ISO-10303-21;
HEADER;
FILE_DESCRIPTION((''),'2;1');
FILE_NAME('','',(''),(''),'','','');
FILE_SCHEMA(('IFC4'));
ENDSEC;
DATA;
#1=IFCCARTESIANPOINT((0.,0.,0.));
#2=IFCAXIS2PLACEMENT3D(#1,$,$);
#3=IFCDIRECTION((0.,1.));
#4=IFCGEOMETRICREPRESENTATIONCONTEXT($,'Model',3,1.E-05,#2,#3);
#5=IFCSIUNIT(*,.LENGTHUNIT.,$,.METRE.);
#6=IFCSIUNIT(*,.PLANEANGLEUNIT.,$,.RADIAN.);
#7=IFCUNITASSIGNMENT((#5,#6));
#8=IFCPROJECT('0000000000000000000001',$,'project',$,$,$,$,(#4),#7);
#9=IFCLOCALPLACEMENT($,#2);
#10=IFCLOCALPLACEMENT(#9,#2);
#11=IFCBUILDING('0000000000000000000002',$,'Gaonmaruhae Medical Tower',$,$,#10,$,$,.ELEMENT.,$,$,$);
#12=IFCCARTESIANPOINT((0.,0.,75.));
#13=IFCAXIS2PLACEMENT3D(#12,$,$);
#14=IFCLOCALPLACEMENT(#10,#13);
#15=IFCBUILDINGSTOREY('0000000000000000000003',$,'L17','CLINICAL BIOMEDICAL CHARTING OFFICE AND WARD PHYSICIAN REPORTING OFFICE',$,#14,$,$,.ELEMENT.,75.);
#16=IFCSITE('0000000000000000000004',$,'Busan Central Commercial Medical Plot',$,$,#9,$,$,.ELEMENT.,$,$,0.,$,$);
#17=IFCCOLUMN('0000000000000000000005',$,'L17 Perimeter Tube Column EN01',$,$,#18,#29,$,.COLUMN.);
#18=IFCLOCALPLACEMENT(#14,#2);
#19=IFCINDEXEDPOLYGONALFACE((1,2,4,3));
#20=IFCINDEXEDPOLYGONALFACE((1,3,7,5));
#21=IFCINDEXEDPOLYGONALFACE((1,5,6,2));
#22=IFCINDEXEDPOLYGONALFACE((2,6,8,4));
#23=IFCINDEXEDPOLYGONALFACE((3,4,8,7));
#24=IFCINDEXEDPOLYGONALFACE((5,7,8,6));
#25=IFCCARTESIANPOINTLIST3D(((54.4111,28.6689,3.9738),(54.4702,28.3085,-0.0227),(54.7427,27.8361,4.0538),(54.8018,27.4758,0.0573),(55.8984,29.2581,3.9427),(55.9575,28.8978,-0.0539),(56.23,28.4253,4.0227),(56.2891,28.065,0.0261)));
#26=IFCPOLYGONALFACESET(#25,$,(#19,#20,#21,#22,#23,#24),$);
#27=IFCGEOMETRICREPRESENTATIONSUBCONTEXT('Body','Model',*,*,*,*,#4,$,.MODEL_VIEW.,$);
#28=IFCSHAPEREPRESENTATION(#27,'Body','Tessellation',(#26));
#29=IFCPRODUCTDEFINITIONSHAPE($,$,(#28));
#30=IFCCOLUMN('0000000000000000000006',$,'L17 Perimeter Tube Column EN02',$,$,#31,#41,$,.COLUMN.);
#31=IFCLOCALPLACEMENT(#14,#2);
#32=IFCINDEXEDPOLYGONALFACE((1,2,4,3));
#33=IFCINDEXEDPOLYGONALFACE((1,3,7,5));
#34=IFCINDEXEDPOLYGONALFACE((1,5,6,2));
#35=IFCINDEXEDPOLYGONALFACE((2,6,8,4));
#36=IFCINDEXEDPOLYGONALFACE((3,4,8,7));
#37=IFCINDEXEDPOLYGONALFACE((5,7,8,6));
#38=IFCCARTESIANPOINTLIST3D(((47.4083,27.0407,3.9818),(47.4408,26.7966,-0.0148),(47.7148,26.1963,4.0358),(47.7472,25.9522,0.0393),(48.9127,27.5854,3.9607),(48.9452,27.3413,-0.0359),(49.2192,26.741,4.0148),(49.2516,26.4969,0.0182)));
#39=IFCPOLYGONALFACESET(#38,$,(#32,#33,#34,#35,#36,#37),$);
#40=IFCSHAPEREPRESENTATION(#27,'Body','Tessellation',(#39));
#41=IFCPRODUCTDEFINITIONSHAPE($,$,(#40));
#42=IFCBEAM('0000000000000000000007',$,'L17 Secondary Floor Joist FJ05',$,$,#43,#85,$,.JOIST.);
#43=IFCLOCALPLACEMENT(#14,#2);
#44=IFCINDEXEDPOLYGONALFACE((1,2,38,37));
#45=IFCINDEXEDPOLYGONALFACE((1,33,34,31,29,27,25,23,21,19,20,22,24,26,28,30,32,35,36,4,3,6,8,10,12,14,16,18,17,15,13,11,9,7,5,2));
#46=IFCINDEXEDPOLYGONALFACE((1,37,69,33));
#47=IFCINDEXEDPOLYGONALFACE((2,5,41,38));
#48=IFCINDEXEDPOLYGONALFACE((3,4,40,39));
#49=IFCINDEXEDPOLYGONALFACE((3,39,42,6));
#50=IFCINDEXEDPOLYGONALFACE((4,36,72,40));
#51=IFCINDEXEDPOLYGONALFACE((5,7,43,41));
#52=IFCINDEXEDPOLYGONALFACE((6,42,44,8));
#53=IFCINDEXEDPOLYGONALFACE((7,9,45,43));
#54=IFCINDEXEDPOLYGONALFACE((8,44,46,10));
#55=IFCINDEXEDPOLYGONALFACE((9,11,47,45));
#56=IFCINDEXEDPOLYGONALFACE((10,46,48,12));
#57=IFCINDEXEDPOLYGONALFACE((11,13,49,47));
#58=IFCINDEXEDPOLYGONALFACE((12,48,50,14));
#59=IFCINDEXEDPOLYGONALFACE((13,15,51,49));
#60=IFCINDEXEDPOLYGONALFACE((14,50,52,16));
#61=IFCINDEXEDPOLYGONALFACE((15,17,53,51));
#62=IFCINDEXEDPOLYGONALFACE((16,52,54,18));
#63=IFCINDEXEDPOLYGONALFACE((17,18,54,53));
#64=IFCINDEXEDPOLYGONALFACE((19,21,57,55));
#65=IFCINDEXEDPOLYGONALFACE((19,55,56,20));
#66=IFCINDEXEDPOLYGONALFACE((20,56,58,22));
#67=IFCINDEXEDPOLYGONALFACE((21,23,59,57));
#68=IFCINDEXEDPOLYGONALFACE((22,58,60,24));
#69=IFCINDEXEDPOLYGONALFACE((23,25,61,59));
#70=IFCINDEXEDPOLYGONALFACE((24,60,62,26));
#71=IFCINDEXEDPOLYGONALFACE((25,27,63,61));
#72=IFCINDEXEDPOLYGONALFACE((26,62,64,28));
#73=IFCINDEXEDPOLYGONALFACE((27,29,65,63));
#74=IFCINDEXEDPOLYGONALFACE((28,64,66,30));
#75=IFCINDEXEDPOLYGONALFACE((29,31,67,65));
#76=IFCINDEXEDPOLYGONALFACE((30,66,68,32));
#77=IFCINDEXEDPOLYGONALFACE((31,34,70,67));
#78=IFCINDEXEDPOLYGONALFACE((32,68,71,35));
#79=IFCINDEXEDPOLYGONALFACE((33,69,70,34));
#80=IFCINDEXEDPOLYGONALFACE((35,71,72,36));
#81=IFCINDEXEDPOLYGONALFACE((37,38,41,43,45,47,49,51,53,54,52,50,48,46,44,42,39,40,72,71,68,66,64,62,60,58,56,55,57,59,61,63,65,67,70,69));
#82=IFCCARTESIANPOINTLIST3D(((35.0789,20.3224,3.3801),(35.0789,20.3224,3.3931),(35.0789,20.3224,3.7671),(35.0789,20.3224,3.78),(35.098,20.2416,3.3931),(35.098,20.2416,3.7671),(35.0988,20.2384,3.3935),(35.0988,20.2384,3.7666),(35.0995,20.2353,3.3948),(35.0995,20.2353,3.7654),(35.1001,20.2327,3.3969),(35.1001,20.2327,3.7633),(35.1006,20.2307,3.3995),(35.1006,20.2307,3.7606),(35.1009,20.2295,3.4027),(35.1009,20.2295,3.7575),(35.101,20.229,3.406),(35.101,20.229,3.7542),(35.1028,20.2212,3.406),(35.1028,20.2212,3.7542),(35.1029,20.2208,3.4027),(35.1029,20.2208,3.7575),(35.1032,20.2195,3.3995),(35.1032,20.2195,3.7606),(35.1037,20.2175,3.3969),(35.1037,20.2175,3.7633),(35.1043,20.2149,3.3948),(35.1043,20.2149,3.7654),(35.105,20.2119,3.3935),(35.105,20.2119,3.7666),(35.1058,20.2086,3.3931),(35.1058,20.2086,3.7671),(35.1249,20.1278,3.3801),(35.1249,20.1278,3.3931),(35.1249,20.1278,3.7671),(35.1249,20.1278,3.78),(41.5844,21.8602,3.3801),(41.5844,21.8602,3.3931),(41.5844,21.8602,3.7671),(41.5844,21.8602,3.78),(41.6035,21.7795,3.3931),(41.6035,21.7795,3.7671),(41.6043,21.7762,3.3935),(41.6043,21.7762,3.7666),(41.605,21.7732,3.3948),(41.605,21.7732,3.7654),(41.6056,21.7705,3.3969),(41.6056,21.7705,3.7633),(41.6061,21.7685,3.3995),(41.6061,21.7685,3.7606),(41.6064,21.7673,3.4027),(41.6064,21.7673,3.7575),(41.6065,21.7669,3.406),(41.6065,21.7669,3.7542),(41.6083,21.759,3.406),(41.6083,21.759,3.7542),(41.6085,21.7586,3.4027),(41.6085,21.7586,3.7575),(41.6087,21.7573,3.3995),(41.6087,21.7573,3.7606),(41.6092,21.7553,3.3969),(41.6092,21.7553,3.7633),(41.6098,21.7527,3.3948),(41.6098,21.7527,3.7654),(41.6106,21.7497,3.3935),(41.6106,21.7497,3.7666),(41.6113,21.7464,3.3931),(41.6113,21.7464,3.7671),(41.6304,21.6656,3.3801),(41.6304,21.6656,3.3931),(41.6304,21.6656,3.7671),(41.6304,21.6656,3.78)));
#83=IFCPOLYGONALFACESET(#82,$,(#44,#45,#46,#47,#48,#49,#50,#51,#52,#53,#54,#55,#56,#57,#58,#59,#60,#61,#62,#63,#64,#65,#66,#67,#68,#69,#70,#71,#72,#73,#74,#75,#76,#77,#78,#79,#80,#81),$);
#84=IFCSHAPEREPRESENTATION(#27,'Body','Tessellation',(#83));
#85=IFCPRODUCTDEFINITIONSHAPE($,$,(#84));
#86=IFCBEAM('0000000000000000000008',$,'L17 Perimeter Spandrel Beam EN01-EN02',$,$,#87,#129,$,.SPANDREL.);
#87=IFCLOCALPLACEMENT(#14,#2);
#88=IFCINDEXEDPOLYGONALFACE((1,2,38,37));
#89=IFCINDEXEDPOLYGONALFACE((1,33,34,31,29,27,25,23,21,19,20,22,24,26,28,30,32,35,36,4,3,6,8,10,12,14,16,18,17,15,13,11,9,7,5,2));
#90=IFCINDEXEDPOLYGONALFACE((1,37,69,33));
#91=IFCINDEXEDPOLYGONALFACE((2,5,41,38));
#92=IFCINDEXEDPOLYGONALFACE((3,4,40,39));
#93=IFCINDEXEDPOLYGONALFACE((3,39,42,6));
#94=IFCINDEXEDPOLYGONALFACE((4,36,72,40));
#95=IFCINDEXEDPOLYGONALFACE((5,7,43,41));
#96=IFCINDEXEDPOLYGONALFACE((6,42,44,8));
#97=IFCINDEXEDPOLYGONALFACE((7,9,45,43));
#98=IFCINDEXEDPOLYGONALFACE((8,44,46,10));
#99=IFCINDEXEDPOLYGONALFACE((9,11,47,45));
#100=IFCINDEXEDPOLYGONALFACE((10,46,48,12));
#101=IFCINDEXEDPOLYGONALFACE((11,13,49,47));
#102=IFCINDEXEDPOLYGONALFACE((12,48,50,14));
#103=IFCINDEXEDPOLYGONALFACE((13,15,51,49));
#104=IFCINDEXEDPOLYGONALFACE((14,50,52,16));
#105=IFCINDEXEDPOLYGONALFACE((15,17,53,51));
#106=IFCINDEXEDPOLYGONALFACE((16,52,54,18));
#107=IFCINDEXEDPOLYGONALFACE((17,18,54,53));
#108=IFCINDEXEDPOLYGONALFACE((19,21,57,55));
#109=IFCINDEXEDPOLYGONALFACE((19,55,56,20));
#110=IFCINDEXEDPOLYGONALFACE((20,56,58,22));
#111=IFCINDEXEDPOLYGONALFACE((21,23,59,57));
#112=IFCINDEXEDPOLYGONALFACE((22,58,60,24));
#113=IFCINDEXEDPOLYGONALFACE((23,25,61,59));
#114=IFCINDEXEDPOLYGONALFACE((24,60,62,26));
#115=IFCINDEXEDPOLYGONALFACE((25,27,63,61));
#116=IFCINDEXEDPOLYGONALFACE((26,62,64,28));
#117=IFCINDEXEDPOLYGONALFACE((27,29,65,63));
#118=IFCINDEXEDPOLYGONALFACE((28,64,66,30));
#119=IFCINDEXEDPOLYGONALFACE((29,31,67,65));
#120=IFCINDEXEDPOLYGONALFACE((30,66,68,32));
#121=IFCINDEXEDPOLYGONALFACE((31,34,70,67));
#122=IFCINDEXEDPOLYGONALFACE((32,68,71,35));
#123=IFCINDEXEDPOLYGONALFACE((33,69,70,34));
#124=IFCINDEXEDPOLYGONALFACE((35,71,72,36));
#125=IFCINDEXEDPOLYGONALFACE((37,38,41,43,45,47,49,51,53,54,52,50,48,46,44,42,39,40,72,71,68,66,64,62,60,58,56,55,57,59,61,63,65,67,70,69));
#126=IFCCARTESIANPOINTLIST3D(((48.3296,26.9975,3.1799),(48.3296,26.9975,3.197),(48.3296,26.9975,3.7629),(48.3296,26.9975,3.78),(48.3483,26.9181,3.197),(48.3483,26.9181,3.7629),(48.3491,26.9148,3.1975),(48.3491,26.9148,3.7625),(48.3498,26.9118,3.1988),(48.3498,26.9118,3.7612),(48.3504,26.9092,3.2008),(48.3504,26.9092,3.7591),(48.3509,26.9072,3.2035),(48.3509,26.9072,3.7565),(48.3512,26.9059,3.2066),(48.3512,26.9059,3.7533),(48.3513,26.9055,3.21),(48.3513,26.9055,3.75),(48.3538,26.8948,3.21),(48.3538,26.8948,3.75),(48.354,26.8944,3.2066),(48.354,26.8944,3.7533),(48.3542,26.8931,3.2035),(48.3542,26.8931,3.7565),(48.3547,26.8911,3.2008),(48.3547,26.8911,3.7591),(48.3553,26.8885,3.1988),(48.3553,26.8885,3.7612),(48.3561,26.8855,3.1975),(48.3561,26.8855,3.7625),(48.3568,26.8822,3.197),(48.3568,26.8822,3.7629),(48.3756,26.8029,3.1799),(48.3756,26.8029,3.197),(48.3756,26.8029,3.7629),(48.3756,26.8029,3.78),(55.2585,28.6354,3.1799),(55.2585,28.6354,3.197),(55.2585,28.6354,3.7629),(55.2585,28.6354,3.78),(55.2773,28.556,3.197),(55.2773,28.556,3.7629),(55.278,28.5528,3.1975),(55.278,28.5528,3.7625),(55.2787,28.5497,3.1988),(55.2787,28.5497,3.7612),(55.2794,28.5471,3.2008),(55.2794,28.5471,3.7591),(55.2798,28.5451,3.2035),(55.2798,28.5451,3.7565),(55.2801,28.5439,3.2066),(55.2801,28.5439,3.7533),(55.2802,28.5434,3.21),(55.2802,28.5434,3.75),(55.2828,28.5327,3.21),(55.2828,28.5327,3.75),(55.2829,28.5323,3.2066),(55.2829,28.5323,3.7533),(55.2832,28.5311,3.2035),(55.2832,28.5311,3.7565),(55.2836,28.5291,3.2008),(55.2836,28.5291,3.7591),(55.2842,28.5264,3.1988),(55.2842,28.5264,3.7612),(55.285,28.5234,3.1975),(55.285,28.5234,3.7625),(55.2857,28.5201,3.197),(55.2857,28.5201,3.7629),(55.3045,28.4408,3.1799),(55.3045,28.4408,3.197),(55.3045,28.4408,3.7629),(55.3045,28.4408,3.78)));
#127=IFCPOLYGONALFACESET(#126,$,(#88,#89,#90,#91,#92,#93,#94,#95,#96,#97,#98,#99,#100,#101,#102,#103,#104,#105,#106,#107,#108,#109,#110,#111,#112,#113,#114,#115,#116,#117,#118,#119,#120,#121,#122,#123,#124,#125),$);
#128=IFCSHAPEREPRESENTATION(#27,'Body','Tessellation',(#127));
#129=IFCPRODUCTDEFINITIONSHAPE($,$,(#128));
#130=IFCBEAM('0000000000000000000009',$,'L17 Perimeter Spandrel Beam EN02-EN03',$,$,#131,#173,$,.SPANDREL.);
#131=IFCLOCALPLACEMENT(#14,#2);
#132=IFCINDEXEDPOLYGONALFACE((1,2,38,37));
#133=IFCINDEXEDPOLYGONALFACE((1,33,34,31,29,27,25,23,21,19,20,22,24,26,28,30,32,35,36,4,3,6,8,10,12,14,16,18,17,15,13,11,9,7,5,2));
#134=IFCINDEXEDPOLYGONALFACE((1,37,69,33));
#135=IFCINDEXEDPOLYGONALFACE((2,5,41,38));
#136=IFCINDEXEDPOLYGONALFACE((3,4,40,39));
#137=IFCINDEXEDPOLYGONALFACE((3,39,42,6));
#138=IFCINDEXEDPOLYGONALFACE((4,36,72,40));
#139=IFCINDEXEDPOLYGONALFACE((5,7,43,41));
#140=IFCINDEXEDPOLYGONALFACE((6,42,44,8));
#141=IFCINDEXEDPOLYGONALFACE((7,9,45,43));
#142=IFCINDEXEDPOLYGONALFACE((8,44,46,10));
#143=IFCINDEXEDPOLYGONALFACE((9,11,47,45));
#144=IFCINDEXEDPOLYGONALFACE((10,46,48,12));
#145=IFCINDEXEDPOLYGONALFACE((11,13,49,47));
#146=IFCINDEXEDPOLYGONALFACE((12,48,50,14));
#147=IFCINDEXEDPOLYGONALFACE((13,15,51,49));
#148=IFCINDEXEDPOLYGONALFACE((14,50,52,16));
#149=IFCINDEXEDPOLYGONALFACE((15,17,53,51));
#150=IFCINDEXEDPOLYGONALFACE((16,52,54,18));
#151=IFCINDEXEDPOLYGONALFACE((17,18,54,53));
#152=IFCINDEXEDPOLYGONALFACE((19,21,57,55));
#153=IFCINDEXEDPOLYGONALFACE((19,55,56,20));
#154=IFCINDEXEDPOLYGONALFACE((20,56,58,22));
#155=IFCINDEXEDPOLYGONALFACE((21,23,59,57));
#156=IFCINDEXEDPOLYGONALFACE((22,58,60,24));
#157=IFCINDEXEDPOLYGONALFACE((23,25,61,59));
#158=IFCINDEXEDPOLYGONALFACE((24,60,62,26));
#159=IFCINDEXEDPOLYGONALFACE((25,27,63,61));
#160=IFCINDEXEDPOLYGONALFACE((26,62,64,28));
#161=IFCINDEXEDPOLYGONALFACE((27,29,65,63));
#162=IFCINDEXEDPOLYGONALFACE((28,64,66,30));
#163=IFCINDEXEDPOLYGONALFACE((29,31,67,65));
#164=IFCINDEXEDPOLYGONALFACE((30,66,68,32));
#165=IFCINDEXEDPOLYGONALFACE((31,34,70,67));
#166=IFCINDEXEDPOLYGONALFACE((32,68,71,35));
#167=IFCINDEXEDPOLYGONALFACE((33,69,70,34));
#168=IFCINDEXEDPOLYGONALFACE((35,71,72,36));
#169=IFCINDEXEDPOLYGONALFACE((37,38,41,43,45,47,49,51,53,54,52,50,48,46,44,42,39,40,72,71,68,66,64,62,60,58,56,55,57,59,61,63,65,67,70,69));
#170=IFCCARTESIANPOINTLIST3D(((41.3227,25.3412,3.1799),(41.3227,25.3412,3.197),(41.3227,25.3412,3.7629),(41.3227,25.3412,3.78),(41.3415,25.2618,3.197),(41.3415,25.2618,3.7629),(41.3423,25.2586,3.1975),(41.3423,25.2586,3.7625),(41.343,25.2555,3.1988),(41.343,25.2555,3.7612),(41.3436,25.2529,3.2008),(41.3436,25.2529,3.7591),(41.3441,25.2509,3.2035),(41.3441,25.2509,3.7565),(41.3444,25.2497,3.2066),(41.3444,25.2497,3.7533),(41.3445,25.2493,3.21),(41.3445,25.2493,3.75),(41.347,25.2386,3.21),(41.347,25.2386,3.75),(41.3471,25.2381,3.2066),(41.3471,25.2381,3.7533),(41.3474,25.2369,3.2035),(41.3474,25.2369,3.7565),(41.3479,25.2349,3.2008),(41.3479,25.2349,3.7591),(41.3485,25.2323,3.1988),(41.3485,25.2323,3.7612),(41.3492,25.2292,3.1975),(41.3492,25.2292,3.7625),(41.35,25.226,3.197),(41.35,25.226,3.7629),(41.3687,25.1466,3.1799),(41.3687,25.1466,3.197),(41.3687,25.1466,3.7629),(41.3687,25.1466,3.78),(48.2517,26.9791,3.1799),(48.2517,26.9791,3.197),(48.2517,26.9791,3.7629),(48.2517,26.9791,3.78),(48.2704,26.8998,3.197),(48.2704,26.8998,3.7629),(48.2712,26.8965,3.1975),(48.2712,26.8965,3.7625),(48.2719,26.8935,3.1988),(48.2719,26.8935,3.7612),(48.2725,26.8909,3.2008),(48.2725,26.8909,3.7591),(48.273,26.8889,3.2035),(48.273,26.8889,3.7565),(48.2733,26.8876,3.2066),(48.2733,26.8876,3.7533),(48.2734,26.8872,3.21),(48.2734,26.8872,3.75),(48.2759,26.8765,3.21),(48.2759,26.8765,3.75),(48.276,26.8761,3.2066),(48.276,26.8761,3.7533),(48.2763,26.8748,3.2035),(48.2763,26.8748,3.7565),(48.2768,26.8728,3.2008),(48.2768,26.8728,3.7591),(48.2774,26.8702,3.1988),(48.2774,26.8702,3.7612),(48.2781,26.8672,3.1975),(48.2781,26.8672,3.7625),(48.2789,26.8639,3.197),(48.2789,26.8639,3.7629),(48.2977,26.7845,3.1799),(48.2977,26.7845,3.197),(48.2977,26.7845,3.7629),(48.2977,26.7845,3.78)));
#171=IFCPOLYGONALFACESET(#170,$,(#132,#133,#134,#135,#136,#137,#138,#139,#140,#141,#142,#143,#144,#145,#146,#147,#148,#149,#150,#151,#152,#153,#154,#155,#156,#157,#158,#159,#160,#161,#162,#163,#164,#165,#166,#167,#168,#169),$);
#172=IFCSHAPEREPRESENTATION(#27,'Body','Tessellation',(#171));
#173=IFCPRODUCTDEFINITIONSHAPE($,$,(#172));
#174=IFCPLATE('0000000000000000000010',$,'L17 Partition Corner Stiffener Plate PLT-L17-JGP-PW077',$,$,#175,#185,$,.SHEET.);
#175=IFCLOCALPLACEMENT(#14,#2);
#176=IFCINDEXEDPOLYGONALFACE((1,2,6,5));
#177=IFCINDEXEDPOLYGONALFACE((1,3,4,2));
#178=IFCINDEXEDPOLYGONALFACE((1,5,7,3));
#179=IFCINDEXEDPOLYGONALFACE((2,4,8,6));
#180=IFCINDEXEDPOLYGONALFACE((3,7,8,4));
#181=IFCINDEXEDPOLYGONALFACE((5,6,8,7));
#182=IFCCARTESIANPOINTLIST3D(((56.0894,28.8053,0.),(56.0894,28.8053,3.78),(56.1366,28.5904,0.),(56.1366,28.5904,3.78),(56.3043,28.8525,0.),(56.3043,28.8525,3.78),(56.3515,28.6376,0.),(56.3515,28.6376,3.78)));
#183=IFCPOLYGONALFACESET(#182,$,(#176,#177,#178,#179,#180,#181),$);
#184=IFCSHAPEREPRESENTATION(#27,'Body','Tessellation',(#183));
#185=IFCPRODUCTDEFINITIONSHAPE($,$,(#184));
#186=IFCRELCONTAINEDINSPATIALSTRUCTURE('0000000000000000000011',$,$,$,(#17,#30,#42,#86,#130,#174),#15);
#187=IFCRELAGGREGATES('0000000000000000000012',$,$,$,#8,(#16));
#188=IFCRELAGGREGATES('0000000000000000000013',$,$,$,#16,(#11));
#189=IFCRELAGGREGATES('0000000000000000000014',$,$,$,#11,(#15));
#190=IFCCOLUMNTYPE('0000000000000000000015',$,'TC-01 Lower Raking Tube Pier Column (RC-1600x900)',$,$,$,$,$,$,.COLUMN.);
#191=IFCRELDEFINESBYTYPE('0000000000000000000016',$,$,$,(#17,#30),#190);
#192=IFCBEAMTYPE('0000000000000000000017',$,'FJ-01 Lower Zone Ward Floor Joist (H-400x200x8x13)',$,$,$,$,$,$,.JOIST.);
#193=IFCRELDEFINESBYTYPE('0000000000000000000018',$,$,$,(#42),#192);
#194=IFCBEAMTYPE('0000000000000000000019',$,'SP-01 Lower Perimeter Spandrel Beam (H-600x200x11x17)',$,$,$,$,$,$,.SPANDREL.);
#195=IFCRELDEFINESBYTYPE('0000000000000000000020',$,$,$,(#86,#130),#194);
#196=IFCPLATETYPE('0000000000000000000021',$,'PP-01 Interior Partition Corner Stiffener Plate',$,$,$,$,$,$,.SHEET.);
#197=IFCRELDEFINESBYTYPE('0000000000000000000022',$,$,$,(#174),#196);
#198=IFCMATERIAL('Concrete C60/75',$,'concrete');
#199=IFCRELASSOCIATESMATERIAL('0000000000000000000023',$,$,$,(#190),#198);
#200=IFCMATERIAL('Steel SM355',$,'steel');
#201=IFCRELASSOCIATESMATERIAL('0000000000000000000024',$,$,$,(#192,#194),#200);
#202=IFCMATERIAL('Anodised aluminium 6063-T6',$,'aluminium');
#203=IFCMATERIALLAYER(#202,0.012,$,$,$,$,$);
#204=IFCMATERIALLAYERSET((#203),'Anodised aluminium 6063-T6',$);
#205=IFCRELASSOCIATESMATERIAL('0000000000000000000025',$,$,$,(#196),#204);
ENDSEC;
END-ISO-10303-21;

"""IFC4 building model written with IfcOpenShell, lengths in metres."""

from ifc_helpers import new_model, si_unit, direction, frame, origin, origin_2d, place, context, subcontext, project, spatial, rectangle, i_section, extrude, material, layer, layer_set, material_profile, profile_set, type_object, element, save


model = new_model("IFC4")

# Units and contexts
model_context = context("Model", 3, precision=1e-05, world=origin(), true_north=direction((0.0, 1.0)))
body_context = subcontext(model_context, "Body", "Model", "MODEL_VIEW")
ifc_project = project(units=[si_unit("LENGTHUNIT", "METRE"), si_unit("PLANEANGLEUNIT", "RADIAN")], contexts=[model_context])

# Site, building, storey
site_placement = place(None, origin())
site = spatial("IfcSite", under=ifc_project, at=site_placement, Name="Busan Central Commercial Medical Plot", CompositionType="ELEMENT", RefElevation=0.0)
building_placement = place(site_placement, origin())
building = spatial("IfcBuilding", under=site, at=building_placement, Name="Gaonmaruhae Medical Tower", CompositionType="ELEMENT")
storey_placement = place(building_placement, frame((0.0, 0.0, 75.0)))
storey = spatial("IfcBuildingStorey", under=building, at=storey_placement, Name="L17", Description="CLINICAL BIOMEDICAL CHARTING OFFICE AND WARD PHYSICIAN REPORTING OFFICE", CompositionType="ELEMENT", Elevation=75.0)

# Columns
ifc_material_1 = material(Name="Concrete C60/75", Category="concrete")
ifc_material_profile_1 = material_profile(ifc_material_1, rectangle(XDim=1.6001, YDim=0.8999, at=origin_2d()), Name="RC-1600x900")
ifc_profile_set_1 = profile_set([ifc_material_profile_1], Name="Concrete C60/75")
column_type = type_object("IfcColumnType", Name="TC-01 Lower Raking Tube Pier Column (RC-1600x900)", PredefinedType="COLUMN", material=ifc_profile_set_1)
column_1_placement = place(storey_placement, frame((55.3796, 28.1868, 0.0017), z_axis=(-0.014722, 0.089791, 0.995852), x_axis=(-0.929526, -0.368242, 0.019461)))
element("IfcColumn", 1, at=column_1_placement, inside=storey, type_object=column_type, Name="L17 Perimeter Tube Column EN01", PredefinedType="COLUMN", context=body_context, shape_type="SweptSolid", body=[
    extrude(rectangle(XDim=1.6001, YDim=0.8999, at=origin_2d()), origin(), (0.0, 0.0, 1.0), 4.0132),
])
column_2_placement = place(storey_placement, frame((48.3462, 26.6467, 0.0017), z_axis=(-0.008109, 0.060972, 0.998107), x_axis=(-0.940188, -0.340403, 0.013156)))
element("IfcColumn", 2, at=column_2_placement, inside=storey, type_object=column_type, Name="L17 Perimeter Tube Column EN02", PredefinedType="COLUMN", context=body_context, shape_type="SweptSolid", body=[
    extrude(rectangle(XDim=1.6001, YDim=0.8999, at=origin_2d()), origin(), (0.0, 0.0, 1.0), 4.0042),
])

# Beams
ifc_material_2 = material(Name="Steel SM355", Category="steel")
ifc_material_profile_2 = material_profile(ifc_material_2, i_section(OverallWidth=0.2, OverallDepth=0.3999, WebThickness=0.0081, FlangeThickness=0.0129, FilletRadius=0.0129, at=origin_2d()), Name="H-400x200x8x13")
ifc_profile_set_2 = profile_set([ifc_material_profile_2], Name="Steel SM355")
beam_type_1 = type_object("IfcBeamType", Name="FJ-01 Lower Zone Ward Floor Joist (H-400x200x8x13)", PredefinedType="JOIST", material=ifc_profile_set_2)
beam_placement = place(storey_placement, frame((41.6074, 21.7629, 3.5801), z_axis=(-0.97318, -0.230047, 0.0), x_axis=(0.230047, -0.97318, 0.0)))
element("IfcBeam", 3, at=beam_placement, inside=storey, type_object=beam_type_1, Name="L17 Secondary Floor Joist FJ05", PredefinedType="JOIST", context=body_context, shape_type="SweptSolid", body=[
    extrude(i_section(OverallWidth=0.2, OverallDepth=0.3999, WebThickness=0.0081, FlangeThickness=0.0129, FilletRadius=0.0129, at=origin_2d()), origin(), (0.0, 0.0, 1.0), 6.6848),
])
ifc_material_profile_3 = material_profile(ifc_material_2, i_section(OverallWidth=0.2, OverallDepth=0.6001, WebThickness=0.011, FlangeThickness=0.0171, FilletRadius=0.0129, at=origin_2d()), Name="H-600x200x11x17")
ifc_profile_set_3 = profile_set([ifc_material_profile_3], Name="Steel SM355")
beam_type_2 = type_object("IfcBeamType", Name="SP-01 Lower Perimeter Spandrel Beam (H-600x200x11x17)", PredefinedType="SPANDREL", material=ifc_profile_set_3)
for number, where, z_axis, x_axis, name in (
    (4, (55.2815, 28.5381, 3.48), (-0.973179, -0.23005, 0.0), (0.23005, -0.973179, 0.0), "L17 Perimeter Spandrel Beam EN01-EN02"),
    (5, (48.2747, 26.8818, 3.48), (-0.973179, -0.23005, 0.0), (0.23005, -0.973179, 0.0), "L17 Perimeter Spandrel Beam EN02-EN03"),
):
    element("IfcBeam", number, at=place(storey_placement, frame(where, z_axis=z_axis, x_axis=x_axis)), inside=storey, type_object=beam_type_2, Name=name, PredefinedType="SPANDREL", context=body_context, shape_type="SweptSolid", body=[
        extrude(i_section(OverallWidth=0.2, OverallDepth=0.6001, WebThickness=0.011, FlangeThickness=0.0171, FilletRadius=0.0129, at=origin_2d()), origin(), (0.0, 0.0, 1.0), 7.1199),
    ])

# Plate
ifc_material_3 = material(Name="Anodised aluminium 6063-T6", Category="aluminium")
ifc_layer_1 = layer(ifc_material_3, 0.012)
ifc_layer_set_1 = layer_set([ifc_layer_1], Name="Anodised aluminium 6063-T6")
plate_type = type_object("IfcPlateType", Name="PP-01 Interior Partition Corner Stiffener Plate", PredefinedType="SHEET", material=ifc_layer_set_1)
plate_placement = place(storey_placement, frame((56.2205, 28.7214, 0.0), z_axis=(0.0, 0.0, 1.0), x_axis=(-0.214633, 0.976695, 0.0)))
element("IfcPlate", 6, at=plate_placement, inside=storey, type_object=plate_type, Name="L17 Partition Corner Stiffener Plate PLT-L17-JGP-PW077", PredefinedType="SHEET", context=body_context, shape_type="SweptSolid", body=[
    extrude(rectangle(XDim=0.22, YDim=0.22, at=origin_2d()), origin(), (0.0, 0.0, 1.0), 3.78),
])

save(model, "model.ifc")
